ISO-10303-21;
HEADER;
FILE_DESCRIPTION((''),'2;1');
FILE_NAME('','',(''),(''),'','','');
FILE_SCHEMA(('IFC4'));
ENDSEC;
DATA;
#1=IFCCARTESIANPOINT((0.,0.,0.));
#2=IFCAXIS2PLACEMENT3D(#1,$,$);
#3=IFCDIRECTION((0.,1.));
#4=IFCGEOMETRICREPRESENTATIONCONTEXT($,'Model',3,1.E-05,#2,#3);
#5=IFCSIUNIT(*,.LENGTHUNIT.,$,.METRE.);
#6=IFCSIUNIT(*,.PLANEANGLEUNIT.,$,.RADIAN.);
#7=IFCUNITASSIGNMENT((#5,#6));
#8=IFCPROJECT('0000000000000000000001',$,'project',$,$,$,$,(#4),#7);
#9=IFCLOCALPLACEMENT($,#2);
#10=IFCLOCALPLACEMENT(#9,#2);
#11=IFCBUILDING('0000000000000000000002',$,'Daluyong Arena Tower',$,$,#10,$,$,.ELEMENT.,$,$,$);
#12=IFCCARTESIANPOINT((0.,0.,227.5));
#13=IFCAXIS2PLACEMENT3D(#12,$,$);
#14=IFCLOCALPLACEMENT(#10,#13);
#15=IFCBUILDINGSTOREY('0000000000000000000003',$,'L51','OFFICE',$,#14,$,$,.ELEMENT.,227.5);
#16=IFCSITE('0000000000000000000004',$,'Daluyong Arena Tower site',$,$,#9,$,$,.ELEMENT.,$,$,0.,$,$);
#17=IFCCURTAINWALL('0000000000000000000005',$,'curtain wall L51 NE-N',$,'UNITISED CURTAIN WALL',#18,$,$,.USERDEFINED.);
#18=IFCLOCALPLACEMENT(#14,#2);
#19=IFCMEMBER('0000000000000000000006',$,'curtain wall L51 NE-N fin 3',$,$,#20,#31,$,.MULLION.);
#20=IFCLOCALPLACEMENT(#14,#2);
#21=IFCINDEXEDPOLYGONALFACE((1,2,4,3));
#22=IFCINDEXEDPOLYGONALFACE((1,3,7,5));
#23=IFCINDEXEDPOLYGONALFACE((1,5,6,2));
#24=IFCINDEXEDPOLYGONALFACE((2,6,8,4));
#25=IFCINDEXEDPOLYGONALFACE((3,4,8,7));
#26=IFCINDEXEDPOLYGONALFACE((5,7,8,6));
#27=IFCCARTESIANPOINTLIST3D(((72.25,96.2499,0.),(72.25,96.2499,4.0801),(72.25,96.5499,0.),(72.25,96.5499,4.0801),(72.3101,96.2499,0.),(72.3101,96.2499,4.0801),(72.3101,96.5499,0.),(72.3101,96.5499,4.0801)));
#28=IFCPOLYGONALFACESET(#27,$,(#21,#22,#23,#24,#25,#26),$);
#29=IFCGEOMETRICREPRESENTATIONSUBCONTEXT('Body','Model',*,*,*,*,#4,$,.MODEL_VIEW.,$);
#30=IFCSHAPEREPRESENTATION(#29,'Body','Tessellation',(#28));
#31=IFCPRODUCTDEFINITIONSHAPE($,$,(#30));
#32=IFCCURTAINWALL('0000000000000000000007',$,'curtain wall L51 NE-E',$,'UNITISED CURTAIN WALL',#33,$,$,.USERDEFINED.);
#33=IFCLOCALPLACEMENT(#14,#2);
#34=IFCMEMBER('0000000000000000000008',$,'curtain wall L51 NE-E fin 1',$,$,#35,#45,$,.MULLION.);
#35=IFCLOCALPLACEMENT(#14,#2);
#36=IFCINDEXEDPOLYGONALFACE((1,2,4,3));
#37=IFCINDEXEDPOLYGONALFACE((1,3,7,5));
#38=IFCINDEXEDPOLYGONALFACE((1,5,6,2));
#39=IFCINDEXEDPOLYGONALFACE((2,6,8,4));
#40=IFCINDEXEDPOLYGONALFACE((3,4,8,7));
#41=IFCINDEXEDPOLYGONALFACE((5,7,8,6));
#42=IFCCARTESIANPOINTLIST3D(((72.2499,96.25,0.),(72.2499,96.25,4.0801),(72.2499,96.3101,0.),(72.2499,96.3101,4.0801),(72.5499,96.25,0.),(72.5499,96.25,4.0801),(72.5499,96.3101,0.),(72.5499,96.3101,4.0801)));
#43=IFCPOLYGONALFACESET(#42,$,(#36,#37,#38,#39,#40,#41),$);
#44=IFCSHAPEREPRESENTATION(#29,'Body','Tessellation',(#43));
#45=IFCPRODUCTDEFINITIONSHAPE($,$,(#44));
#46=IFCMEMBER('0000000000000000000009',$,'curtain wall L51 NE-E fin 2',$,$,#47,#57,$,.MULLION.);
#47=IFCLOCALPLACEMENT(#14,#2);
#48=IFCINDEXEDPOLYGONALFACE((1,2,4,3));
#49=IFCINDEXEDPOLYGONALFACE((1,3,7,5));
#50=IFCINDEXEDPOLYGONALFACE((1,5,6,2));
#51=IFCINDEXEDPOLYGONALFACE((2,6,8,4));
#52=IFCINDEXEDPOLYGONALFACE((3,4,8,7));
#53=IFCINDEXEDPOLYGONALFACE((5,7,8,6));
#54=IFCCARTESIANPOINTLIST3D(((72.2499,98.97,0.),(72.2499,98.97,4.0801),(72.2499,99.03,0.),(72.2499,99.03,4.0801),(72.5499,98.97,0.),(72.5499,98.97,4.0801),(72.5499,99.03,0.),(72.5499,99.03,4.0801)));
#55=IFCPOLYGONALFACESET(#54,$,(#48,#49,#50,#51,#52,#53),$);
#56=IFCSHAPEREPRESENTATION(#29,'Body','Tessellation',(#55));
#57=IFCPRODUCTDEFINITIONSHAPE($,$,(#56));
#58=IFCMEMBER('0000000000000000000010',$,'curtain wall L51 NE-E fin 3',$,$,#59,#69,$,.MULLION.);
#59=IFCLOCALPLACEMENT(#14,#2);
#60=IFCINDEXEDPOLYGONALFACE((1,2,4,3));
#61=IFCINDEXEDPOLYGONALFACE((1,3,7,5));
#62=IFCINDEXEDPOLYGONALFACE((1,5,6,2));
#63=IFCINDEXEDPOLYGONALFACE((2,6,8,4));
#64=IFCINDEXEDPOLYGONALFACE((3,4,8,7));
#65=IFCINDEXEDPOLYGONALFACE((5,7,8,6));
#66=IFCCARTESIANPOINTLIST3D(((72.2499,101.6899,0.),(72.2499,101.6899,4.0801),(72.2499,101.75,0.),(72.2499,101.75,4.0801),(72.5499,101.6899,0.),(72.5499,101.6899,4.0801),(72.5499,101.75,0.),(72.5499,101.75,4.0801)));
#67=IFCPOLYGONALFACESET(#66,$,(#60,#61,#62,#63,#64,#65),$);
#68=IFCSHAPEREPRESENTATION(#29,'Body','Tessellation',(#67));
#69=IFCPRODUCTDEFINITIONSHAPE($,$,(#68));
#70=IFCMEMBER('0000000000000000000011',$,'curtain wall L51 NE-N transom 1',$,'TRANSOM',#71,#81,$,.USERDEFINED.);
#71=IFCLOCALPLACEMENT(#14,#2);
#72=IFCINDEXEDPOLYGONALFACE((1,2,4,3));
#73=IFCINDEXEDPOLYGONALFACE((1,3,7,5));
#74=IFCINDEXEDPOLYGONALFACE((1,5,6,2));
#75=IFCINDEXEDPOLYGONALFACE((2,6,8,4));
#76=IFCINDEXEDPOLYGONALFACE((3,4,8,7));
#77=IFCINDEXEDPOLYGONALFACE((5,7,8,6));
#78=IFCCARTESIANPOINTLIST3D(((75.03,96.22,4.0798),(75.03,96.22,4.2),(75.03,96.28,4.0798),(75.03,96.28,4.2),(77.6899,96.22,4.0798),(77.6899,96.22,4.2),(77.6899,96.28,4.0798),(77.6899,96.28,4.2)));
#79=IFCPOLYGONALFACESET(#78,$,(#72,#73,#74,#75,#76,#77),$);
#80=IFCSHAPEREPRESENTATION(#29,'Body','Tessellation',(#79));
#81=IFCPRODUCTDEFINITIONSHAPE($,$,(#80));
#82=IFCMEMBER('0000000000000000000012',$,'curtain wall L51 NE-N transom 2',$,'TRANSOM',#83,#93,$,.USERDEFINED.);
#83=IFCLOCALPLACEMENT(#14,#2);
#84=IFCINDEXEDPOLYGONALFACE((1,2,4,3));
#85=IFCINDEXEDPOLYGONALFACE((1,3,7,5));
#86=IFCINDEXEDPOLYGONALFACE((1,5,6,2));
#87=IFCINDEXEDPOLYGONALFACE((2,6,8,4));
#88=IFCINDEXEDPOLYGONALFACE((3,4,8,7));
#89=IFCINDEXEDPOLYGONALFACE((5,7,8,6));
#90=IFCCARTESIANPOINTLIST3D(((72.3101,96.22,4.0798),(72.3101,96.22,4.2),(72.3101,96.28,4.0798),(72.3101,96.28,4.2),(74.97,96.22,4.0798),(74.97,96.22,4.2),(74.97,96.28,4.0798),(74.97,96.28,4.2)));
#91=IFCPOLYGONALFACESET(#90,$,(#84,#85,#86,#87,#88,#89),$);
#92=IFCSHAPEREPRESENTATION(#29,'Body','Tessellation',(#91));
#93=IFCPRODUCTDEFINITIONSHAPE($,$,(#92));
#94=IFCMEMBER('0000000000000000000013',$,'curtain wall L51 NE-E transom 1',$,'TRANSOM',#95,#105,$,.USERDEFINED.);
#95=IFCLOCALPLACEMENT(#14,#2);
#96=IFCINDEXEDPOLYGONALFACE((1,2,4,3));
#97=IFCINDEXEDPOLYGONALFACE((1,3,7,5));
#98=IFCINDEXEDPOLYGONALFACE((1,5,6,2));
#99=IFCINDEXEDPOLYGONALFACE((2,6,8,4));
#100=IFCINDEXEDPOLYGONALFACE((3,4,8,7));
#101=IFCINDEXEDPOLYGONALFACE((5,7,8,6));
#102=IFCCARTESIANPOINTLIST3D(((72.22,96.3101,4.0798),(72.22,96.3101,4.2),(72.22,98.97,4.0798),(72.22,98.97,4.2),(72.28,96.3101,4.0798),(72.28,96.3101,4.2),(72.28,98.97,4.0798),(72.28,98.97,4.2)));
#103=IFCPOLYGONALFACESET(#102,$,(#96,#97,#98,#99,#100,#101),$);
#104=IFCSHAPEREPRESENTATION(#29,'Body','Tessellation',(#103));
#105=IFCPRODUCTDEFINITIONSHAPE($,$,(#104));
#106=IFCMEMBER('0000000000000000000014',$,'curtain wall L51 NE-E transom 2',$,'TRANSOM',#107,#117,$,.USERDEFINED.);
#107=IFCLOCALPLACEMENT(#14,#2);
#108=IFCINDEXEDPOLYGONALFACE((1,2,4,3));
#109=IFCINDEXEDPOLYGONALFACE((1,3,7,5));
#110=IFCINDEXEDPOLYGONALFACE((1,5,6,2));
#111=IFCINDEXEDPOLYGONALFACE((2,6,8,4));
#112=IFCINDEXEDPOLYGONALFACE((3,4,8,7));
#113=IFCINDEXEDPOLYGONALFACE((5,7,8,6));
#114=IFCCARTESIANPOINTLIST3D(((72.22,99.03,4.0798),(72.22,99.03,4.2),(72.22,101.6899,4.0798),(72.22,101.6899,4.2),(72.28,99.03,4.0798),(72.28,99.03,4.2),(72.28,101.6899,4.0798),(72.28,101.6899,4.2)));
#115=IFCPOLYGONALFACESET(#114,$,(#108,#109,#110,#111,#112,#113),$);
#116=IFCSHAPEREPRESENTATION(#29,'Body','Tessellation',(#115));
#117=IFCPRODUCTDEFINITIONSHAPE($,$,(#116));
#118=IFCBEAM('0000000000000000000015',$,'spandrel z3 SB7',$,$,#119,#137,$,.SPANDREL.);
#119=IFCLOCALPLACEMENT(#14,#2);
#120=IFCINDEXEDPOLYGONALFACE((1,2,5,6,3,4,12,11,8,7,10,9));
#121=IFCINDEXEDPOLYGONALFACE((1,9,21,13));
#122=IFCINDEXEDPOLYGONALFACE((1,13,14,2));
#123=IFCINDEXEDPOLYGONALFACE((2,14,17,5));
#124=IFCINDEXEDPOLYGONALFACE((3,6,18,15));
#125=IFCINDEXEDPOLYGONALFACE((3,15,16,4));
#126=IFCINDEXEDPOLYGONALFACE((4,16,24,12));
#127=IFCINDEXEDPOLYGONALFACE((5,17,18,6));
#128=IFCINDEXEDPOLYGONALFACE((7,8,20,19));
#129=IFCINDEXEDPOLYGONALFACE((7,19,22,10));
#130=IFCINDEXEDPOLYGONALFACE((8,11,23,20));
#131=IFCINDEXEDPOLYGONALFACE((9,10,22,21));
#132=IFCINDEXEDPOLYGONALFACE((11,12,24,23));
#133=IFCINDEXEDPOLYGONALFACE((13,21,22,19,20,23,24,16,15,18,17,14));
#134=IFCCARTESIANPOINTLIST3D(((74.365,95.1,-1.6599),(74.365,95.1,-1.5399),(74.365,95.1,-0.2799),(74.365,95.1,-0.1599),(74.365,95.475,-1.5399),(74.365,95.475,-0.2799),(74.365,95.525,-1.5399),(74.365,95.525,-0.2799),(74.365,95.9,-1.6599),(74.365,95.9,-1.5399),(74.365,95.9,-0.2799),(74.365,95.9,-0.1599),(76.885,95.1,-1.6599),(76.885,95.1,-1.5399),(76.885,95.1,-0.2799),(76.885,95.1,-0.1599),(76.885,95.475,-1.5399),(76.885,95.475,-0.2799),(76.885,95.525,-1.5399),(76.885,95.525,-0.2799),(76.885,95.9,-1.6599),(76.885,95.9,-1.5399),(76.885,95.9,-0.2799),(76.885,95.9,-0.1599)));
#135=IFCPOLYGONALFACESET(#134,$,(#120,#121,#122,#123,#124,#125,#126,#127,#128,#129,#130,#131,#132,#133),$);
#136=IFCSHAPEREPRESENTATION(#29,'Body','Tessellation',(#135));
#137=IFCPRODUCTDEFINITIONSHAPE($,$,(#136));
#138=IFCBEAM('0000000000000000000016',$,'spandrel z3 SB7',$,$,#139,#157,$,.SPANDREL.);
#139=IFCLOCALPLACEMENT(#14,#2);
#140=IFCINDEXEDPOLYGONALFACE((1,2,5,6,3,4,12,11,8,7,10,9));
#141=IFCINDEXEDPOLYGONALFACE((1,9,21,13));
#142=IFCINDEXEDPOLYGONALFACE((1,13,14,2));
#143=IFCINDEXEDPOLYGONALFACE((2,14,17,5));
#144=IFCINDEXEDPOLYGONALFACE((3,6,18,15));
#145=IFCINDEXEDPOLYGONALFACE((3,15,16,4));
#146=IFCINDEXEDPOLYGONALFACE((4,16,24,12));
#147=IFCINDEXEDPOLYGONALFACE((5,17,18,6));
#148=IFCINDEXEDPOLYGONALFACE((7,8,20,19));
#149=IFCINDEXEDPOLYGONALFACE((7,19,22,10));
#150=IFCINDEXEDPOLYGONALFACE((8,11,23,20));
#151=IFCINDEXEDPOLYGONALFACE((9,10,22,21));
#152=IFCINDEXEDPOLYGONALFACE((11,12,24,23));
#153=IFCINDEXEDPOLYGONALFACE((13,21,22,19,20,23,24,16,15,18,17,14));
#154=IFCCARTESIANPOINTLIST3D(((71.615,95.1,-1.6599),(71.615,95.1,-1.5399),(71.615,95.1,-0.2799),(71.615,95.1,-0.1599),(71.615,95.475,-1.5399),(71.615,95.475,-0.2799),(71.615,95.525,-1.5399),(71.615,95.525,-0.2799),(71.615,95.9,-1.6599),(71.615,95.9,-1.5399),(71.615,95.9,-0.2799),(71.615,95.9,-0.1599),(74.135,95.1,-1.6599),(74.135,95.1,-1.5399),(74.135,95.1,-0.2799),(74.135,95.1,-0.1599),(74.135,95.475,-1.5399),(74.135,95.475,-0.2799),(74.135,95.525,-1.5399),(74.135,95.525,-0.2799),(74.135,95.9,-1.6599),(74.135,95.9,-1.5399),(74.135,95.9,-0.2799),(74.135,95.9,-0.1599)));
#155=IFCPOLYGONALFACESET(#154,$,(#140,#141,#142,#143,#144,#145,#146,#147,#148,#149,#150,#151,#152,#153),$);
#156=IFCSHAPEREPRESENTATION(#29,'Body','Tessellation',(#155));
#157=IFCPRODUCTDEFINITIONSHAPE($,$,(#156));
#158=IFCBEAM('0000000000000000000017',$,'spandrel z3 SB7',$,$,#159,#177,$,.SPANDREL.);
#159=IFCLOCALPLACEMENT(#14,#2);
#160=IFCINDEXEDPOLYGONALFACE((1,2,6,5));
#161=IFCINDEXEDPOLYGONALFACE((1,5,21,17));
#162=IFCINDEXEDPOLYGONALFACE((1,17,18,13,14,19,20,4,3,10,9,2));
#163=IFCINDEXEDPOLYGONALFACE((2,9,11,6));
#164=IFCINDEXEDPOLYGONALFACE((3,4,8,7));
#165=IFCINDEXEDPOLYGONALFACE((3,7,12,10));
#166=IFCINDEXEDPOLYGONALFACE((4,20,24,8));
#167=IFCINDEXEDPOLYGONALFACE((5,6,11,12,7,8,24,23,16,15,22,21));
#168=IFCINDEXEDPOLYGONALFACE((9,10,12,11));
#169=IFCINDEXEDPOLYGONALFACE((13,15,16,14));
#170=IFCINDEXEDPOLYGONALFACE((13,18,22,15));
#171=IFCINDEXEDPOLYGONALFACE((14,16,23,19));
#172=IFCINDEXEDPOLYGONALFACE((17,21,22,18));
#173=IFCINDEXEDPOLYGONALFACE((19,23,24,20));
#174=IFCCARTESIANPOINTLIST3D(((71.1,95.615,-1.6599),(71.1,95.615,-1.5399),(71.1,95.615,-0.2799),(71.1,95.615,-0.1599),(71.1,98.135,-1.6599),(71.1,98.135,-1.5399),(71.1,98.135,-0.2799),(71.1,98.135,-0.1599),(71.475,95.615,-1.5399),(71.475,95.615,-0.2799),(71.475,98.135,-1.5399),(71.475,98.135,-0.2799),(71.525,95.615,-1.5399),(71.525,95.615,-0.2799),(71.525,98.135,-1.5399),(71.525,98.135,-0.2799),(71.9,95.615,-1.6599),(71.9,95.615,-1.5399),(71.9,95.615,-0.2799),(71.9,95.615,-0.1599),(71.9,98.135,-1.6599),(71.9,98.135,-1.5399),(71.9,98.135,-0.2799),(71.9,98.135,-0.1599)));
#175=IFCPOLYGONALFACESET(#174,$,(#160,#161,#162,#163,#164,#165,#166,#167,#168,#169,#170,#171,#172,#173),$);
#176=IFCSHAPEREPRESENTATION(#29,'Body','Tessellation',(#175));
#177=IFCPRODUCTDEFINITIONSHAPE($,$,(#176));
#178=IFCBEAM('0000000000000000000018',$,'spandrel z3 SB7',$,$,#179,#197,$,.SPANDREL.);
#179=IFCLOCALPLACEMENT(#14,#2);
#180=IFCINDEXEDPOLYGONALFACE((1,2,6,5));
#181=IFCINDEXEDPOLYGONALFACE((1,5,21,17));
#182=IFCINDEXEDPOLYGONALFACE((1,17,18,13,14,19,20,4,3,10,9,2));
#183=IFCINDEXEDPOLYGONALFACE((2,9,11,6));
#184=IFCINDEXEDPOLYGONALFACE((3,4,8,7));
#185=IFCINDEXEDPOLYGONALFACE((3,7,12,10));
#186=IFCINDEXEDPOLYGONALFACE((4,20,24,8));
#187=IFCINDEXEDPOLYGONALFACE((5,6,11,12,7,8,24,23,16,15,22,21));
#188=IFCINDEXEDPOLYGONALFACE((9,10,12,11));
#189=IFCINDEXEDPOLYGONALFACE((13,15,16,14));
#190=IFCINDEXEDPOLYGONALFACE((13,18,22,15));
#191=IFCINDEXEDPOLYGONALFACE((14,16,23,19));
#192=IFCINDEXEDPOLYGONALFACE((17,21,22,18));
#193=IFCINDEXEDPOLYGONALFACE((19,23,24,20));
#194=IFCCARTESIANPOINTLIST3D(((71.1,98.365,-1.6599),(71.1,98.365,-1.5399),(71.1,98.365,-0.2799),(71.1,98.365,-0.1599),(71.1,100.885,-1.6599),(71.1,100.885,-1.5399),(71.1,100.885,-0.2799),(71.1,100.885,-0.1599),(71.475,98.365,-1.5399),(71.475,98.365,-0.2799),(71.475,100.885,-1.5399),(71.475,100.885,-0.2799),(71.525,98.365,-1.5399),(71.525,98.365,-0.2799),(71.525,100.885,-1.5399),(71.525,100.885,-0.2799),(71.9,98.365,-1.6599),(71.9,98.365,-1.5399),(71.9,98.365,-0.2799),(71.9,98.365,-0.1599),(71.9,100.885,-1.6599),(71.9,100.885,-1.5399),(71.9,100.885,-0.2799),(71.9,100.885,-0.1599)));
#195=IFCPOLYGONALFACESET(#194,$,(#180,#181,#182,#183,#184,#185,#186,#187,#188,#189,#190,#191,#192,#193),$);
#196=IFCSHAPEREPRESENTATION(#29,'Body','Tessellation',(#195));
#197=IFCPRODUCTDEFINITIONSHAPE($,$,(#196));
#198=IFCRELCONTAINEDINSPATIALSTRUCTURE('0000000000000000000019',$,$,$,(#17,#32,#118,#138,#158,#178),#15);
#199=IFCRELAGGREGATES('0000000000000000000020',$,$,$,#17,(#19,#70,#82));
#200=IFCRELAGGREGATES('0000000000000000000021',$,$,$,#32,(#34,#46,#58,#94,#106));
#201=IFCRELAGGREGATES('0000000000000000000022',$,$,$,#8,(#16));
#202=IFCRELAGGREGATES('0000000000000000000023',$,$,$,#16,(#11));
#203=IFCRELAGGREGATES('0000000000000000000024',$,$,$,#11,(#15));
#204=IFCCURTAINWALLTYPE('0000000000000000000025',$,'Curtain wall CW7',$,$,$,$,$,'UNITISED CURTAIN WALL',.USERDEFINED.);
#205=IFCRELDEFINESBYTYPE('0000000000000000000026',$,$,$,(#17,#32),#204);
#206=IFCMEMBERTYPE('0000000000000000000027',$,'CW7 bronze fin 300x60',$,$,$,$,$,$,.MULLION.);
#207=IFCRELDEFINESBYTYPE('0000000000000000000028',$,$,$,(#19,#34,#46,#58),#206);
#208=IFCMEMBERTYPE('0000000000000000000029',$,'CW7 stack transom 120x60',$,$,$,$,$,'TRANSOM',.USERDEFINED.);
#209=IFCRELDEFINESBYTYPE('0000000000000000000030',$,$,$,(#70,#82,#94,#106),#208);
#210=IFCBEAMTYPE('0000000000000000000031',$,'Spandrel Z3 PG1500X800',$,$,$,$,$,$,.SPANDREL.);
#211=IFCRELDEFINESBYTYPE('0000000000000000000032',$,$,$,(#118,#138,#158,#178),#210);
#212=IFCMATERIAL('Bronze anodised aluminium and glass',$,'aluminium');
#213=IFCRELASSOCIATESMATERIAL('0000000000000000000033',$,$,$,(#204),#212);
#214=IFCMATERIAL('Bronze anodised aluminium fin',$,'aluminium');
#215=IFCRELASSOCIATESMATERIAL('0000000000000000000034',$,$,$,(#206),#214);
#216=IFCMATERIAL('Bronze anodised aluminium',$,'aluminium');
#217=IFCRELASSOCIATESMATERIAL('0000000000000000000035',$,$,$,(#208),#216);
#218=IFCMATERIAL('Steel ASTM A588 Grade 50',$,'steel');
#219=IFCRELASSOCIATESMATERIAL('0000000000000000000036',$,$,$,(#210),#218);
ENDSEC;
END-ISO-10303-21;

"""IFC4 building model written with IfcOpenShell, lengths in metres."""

from ifc_helpers import new_model, si_unit, direction, frame, origin, origin_2d, place, context, subcontext, project, spatial, rectangle, i_section, extrude, material, material_profile, profile_set, type_object, element, aggregate, save


model = new_model("IFC4")

# Units and contexts
model_context = context("Model", 3, precision=1e-05, world=origin(), true_north=direction((0.0, 1.0)))
body_context = subcontext(model_context, "Body", "Model", "MODEL_VIEW")
ifc_project = project(units=[si_unit("LENGTHUNIT", "METRE"), si_unit("PLANEANGLEUNIT", "RADIAN")], contexts=[model_context])

# Site, building, storey
site_placement = place(None, origin())
site = spatial("IfcSite", under=ifc_project, at=site_placement, Name="Daluyong Arena Tower site", CompositionType="ELEMENT", RefElevation=0.0)
building_placement = place(site_placement, origin())
building = spatial("IfcBuilding", under=site, at=building_placement, Name="Daluyong Arena Tower", CompositionType="ELEMENT")
storey_placement = place(building_placement, frame((0.0, 0.0, 227.5)))
storey = spatial("IfcBuildingStorey", under=building, at=storey_placement, Name="L51", Description="OFFICE", CompositionType="ELEMENT", Elevation=227.5)

# Curtain walls, members
ifc_material_1 = material(Name="Bronze anodised aluminium and glass", Category="aluminium")
curtain_wall_type_1 = type_object("IfcCurtainWallType", Name="Curtain wall CW7", ElementType="UNITISED CURTAIN WALL", PredefinedType="USERDEFINED", material=ifc_material_1)
curtain_wall_1_placement = place(storey_placement, origin())
curtain_wall_1 = element("IfcCurtainWall", 1, at=curtain_wall_1_placement, inside=storey, type_object=curtain_wall_type_1, Name="curtain wall L51 NE-N", ObjectType="UNITISED CURTAIN WALL", PredefinedType="USERDEFINED")
ifc_material_2 = material(Name="Bronze anodised aluminium fin", Category="aluminium")
ifc_material_profile_1 = material_profile(ifc_material_2, rectangle(XDim=0.3, YDim=0.0601, at=origin_2d()))
ifc_profile_set_1 = profile_set([ifc_material_profile_1], Name="Bronze anodised aluminium fin")
member_type_1 = type_object("IfcMemberType", Name="CW7 bronze fin 300x60", PredefinedType="MULLION", material=ifc_profile_set_1)
member_1_placement = place(storey_placement, frame((72.28, 96.3999, 0.0), z_axis=(0.0, 0.0, 1.0), x_axis=(0.0, -1.0, 0.0)))
member_1 = element("IfcMember", 2, at=member_1_placement, type_object=member_type_1, Name="curtain wall L51 NE-N fin 3", PredefinedType="MULLION", context=body_context, shape_type="SweptSolid", body=[
    extrude(rectangle(XDim=0.3, YDim=0.0601, at=origin_2d()), origin(), (0.0, 0.0, 1.0), 4.0801),
])
curtain_wall_2_placement = place(storey_placement, origin())
curtain_wall_2 = element("IfcCurtainWall", 3, at=curtain_wall_2_placement, inside=storey, type_object=curtain_wall_type_1, Name="curtain wall L51 NE-E", ObjectType="UNITISED CURTAIN WALL", PredefinedType="USERDEFINED")
member_2_placement = place(storey_placement, frame((72.3999, 96.28, 0.0), z_axis=(0.0, 0.0, 1.0), x_axis=(-1.0, 0.0, 0.0)))
member_2 = element("IfcMember", 4, at=member_2_placement, type_object=member_type_1, Name="curtain wall L51 NE-E fin 1", PredefinedType="MULLION", context=body_context, shape_type="SweptSolid", body=[
    extrude(rectangle(XDim=0.3, YDim=0.0601, at=origin_2d()), origin(), (0.0, 0.0, 1.0), 4.0801),
])
member_3_placement = place(storey_placement, frame((72.3999, 99.0, 0.0), z_axis=(0.0, 0.0, 1.0), x_axis=(-1.0, 0.0, 0.0)))
member_3 = element("IfcMember", 5, at=member_3_placement, type_object=member_type_1, Name="curtain wall L51 NE-E fin 2", PredefinedType="MULLION", context=body_context, shape_type="SweptSolid", body=[
    extrude(rectangle(XDim=0.3, YDim=0.0601, at=origin_2d()), origin(), (0.0, 0.0, 1.0), 4.0801),
])
member_4_placement = place(storey_placement, frame((72.3999, 101.72, 0.0), z_axis=(0.0, 0.0, 1.0), x_axis=(-1.0, 0.0, 0.0)))
member_4 = element("IfcMember", 6, at=member_4_placement, type_object=member_type_1, Name="curtain wall L51 NE-E fin 3", PredefinedType="MULLION", context=body_context, shape_type="SweptSolid", body=[
    extrude(rectangle(XDim=0.3, YDim=0.0601, at=origin_2d()), origin(), (0.0, 0.0, 1.0), 4.0801),
])

# Members
ifc_material_3 = material(Name="Bronze anodised aluminium", Category="aluminium")
ifc_material_profile_2 = material_profile(ifc_material_3, rectangle(XDim=0.0601, YDim=0.1201, at=origin_2d()))
ifc_profile_set_2 = profile_set([ifc_material_profile_2], Name="Bronze anodised aluminium")
member_type_2 = type_object("IfcMemberType", Name="CW7 stack transom 120x60", ElementType="TRANSOM", PredefinedType="USERDEFINED", material=ifc_profile_set_2)
member_5_placement = place(storey_placement, frame((77.6899, 96.25, 4.1399), z_axis=(-1.0, 0.0, 0.0), x_axis=(0.0, -1.0, 0.0)))
member_5 = element("IfcMember", 7, at=member_5_placement, type_object=member_type_2, Name="curtain wall L51 NE-N transom 1", ObjectType="TRANSOM", PredefinedType="USERDEFINED", context=body_context, shape_type="SweptSolid", body=[
    extrude(rectangle(XDim=0.0601, YDim=0.1201, at=origin_2d()), origin(), (0.0, 0.0, 1.0), 2.6599),
])
member_6_placement = place(storey_placement, frame((74.97, 96.25, 4.1399), z_axis=(-1.0, 0.0, 0.0), x_axis=(0.0, -1.0, 0.0)))
member_6 = element("IfcMember", 8, at=member_6_placement, type_object=member_type_2, Name="curtain wall L51 NE-N transom 2", ObjectType="TRANSOM", PredefinedType="USERDEFINED", context=body_context, shape_type="SweptSolid", body=[
    extrude(rectangle(XDim=0.0601, YDim=0.1201, at=origin_2d()), origin(), (0.0, 0.0, 1.0), 2.6599),
])
member_7_placement = place(storey_placement, frame((72.25, 96.3101, 4.1399), z_axis=(0.0, 1.0, 0.0), x_axis=(-1.0, 0.0, 0.0)))
member_7 = element("IfcMember", 9, at=member_7_placement, type_object=member_type_2, Name="curtain wall L51 NE-E transom 1", ObjectType="TRANSOM", PredefinedType="USERDEFINED", context=body_context, shape_type="SweptSolid", body=[
    extrude(rectangle(XDim=0.0601, YDim=0.1201, at=origin_2d()), origin(), (0.0, 0.0, 1.0), 2.6599),
])
member_8_placement = place(storey_placement, frame((72.25, 99.03, 4.1399), z_axis=(0.0, 1.0, 0.0), x_axis=(-1.0, 0.0, 0.0)))
member_8 = element("IfcMember", 10, at=member_8_placement, type_object=member_type_2, Name="curtain wall L51 NE-E transom 2", ObjectType="TRANSOM", PredefinedType="USERDEFINED", context=body_context, shape_type="SweptSolid", body=[
    extrude(rectangle(XDim=0.0601, YDim=0.1201, at=origin_2d()), origin(), (0.0, 0.0, 1.0), 2.6599),
])

# Beams
ifc_material_4 = material(Name="Steel ASTM A588 Grade 50", Category="steel")
ifc_material_profile_3 = material_profile(ifc_material_4, i_section(OverallWidth=0.8, OverallDepth=1.5, WebThickness=0.05, FlangeThickness=0.12, at=origin_2d()))
ifc_profile_set_3 = profile_set([ifc_material_profile_3], Name="Steel ASTM A588 Grade 50")
beam_type = type_object("IfcBeamType", Name="Spandrel Z3 PG1500X800", PredefinedType="SPANDREL", material=ifc_profile_set_3)
for number, where, z_axis, x_axis, name in (
    (11, (76.885, 95.5, -0.9099), (-1.0, 0.0, 0.0), (0.0, -1.0, 0.0), "spandrel z3 SB7"),
    (12, (74.135, 95.5, -0.9099), (-1.0, 0.0, 0.0), (0.0, -1.0, 0.0), "spandrel z3 SB7"),
    (13, (71.5, 95.615, -0.9099), (0.0, 1.0, 0.0), (-1.0, 0.0, 0.0), "spandrel z3 SB7"),
    (14, (71.5, 98.365, -0.9099), (0.0, 1.0, 0.0), (-1.0, 0.0, 0.0), "spandrel z3 SB7"),
):
    element("IfcBeam", number, at=place(storey_placement, frame(where, z_axis=z_axis, x_axis=x_axis)), inside=storey, type_object=beam_type, Name=name, PredefinedType="SPANDREL", context=body_context, shape_type="SweptSolid", body=[
        extrude(i_section(OverallWidth=0.8, OverallDepth=1.5, WebThickness=0.05, FlangeThickness=0.12, at=origin_2d()), origin(), (0.0, 0.0, 1.0), 2.52),
    ])

aggregate(curtain_wall_1, [member_1, member_5, member_6])
aggregate(curtain_wall_2, [member_2, member_3, member_4, member_7, member_8])

save(model, "model.ifc")
